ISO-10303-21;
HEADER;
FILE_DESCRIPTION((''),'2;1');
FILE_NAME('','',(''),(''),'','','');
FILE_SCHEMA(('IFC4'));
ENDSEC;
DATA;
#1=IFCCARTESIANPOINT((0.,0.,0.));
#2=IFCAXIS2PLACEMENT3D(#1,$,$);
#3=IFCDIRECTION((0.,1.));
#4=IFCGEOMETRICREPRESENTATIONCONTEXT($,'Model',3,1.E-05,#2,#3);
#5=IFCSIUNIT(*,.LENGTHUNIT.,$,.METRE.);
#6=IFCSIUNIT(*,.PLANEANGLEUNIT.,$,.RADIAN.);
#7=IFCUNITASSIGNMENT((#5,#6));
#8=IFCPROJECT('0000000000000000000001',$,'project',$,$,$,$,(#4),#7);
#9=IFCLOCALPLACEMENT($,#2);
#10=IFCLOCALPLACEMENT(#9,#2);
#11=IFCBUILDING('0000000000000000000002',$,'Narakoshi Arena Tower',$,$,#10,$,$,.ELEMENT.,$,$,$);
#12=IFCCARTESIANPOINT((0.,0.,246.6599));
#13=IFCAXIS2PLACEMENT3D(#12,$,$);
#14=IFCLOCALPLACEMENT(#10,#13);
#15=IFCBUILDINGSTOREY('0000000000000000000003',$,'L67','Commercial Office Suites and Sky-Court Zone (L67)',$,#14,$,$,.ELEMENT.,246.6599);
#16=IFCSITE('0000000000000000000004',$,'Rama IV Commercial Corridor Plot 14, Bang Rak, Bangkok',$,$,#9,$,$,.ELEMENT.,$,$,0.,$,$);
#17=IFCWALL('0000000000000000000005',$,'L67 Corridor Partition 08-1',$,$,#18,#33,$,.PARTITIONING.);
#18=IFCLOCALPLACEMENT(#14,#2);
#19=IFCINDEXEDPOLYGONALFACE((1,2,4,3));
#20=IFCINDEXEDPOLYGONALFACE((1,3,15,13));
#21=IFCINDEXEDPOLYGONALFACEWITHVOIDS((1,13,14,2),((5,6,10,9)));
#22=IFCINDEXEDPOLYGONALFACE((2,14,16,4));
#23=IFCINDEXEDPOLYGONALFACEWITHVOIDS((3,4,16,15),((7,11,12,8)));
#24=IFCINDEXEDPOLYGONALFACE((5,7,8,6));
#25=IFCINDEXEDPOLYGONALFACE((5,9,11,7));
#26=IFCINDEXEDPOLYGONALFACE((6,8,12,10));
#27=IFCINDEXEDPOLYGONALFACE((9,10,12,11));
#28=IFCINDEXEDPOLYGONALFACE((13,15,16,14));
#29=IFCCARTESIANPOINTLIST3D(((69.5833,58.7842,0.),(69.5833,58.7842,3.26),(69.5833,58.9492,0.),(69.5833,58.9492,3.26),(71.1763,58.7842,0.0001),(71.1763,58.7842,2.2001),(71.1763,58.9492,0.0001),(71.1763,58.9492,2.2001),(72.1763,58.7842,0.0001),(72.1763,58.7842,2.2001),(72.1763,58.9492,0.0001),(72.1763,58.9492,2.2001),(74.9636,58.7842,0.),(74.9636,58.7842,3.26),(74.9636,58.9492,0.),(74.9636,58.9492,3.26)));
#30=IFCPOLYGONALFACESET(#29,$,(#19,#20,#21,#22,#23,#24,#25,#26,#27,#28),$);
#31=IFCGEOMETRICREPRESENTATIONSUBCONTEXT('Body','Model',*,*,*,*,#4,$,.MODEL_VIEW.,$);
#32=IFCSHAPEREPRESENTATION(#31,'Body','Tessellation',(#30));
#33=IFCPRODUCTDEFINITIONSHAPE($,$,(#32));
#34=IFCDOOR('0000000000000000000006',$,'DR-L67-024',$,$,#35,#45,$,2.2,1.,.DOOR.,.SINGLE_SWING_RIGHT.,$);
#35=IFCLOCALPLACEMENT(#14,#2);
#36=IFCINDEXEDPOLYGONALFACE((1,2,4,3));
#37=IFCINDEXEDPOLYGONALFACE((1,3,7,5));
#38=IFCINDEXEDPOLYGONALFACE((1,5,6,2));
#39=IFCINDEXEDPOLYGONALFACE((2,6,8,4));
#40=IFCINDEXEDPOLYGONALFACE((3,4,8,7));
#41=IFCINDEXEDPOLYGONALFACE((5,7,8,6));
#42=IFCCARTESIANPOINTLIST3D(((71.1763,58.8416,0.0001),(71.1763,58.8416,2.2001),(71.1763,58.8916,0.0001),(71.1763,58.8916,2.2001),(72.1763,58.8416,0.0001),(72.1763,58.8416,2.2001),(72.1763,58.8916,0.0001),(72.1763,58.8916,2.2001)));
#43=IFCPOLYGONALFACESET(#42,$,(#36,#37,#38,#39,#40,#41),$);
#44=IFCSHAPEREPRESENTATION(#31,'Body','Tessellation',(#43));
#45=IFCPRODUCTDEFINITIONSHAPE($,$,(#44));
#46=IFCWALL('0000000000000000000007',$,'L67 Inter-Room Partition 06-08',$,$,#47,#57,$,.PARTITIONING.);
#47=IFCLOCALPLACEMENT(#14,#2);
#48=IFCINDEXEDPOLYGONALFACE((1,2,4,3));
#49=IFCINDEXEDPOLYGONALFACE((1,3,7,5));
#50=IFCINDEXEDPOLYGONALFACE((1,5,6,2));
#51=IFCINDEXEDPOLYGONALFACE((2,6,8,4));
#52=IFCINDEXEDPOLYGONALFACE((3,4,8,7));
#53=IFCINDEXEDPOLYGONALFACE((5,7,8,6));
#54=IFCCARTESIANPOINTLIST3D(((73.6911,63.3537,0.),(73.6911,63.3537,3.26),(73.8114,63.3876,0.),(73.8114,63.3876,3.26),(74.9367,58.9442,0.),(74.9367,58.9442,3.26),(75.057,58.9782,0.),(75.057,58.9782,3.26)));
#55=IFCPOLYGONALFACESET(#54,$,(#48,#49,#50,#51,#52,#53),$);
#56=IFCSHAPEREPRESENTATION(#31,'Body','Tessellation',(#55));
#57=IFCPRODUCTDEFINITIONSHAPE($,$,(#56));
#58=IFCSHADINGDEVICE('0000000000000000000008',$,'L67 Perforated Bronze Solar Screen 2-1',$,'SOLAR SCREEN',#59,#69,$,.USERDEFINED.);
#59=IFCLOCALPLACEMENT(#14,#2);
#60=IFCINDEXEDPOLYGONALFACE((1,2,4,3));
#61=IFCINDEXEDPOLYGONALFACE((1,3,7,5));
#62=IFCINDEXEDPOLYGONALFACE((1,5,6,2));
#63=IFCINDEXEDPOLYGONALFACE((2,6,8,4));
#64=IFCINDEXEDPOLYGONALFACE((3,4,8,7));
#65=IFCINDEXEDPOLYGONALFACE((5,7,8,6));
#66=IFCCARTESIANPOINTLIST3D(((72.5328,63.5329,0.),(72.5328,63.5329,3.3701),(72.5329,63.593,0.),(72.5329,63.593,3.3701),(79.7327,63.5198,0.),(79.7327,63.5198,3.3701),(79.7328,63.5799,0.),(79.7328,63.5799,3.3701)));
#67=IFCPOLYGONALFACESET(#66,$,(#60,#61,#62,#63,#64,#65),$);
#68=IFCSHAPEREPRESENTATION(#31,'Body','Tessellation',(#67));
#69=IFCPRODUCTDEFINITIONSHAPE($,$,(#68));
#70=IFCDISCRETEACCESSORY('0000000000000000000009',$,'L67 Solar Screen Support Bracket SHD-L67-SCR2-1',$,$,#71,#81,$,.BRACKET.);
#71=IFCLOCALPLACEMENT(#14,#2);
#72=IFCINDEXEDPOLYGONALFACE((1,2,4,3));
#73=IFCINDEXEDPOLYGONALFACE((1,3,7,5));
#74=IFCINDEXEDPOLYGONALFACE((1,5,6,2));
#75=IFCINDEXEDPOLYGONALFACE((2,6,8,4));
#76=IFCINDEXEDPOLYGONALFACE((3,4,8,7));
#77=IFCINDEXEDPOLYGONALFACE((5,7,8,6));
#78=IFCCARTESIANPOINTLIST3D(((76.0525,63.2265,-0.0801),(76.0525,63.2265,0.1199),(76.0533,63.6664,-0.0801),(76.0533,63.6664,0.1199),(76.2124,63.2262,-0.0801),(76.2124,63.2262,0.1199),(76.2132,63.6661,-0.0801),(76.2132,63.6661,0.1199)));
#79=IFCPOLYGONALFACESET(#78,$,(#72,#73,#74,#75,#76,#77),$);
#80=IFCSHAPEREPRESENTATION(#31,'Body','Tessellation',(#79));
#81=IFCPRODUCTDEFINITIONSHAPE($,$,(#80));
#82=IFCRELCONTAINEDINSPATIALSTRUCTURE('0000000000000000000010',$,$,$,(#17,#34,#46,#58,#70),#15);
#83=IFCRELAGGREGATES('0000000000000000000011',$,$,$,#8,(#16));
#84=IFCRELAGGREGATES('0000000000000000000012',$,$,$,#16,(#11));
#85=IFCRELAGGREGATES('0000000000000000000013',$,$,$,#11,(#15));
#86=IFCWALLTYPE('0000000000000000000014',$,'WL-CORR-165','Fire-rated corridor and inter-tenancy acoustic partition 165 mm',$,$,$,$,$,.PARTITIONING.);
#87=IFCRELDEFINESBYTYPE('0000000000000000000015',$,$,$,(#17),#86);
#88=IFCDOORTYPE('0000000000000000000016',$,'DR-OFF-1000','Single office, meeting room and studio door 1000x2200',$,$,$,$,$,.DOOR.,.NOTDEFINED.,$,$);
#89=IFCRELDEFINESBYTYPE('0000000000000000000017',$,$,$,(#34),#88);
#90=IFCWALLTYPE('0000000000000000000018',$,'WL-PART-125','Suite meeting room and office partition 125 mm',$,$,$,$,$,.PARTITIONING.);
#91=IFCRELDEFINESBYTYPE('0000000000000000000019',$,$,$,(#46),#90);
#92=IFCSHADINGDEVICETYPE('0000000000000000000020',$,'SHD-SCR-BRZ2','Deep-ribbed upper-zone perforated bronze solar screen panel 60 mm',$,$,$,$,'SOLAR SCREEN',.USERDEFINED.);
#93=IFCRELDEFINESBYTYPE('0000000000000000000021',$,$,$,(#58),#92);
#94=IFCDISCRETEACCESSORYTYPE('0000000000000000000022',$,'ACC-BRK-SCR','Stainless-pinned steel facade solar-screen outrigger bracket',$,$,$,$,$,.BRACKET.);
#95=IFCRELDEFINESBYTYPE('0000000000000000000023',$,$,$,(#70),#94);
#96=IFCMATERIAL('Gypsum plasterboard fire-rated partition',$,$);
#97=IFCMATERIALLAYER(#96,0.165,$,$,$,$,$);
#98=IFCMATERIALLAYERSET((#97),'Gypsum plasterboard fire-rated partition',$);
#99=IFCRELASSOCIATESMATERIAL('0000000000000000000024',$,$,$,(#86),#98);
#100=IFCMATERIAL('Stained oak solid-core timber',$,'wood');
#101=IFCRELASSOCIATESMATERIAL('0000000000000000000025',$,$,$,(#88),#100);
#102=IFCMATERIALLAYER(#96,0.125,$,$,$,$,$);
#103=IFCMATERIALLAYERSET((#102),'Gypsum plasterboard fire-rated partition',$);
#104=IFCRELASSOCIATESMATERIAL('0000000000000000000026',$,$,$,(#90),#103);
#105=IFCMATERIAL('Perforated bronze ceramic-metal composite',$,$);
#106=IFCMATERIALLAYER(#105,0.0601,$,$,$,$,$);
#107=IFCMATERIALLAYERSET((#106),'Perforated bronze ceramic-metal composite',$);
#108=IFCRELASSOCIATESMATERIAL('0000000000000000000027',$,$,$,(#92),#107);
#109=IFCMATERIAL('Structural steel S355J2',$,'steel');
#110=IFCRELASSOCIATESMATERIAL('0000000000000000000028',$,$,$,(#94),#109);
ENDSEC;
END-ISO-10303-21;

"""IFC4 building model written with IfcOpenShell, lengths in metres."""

from ifc_helpers import new_model, si_unit, direction, frame, frame_2d, origin, origin_2d, place, context, subcontext, project, spatial, rectangle, extrude, material, layer, layer_set, type_object, element, fill, save


model = new_model("IFC4")

# Units and contexts
model_context = context("Model", 3, precision=1e-05, world=origin(), true_north=direction((0.0, 1.0)))
body_context = subcontext(model_context, "Body", "Model", "MODEL_VIEW")
ifc_project = project(units=[si_unit("LENGTHUNIT", "METRE"), si_unit("PLANEANGLEUNIT", "RADIAN")], contexts=[model_context])

# Site, building, storey
site_placement = place(None, origin())
site = spatial("IfcSite", under=ifc_project, at=site_placement, Name="Rama IV Commercial Corridor Plot 14, Bang Rak, Bangkok", CompositionType="ELEMENT", RefElevation=0.0)
building_placement = place(site_placement, origin())
building = spatial("IfcBuilding", under=site, at=building_placement, Name="Narakoshi Arena Tower", CompositionType="ELEMENT")
storey_placement = place(building_placement, frame((0.0, 0.0, 246.6599)))
storey = spatial("IfcBuildingStorey", under=building, at=storey_placement, Name="L67", Description="Commercial Office Suites and Sky-Court Zone (L67)", CompositionType="ELEMENT", Elevation=246.6599)

# Shared definitions
ifc_material_1 = material(Name="Structural steel S355J2", Category="steel")

# Shared definitions
ifc_material_2 = material(Name="Gypsum plasterboard fire-rated partition")
ifc_layer_1 = layer(ifc_material_2, 0.165)
ifc_layer_set_1 = layer_set([ifc_layer_1], Name="Gypsum plasterboard fire-rated partition")
wall_type_1 = type_object("IfcWallType", Name="WL-CORR-165", Description="Fire-rated corridor and inter-tenancy acoustic partition 165 mm", PredefinedType="PARTITIONING", material=ifc_layer_set_1)

# Wall, opening, door
wall_1_placement = place(storey_placement, frame((74.9636, 58.8667, 0.0), z_axis=(0.0, 0.0, 1.0), x_axis=(-1.0, 0.0, 0.0)))
wall_1 = element("IfcWall", 1, at=wall_1_placement, inside=storey, type_object=wall_type_1, Name="L67 Corridor Partition 08-1", PredefinedType="PARTITIONING", context=body_context, shape_type="SweptSolid", body=[
    extrude(rectangle(XDim=5.3804, YDim=0.165, at=frame_2d((2.6902, 0.0))), origin(), (0.0, 0.0, 1.0), 3.26),
])
opening_placement = place(wall_1_placement, frame((2.7874, 0.0, 0.0)))
opening = element("IfcOpeningElement", 2, at=opening_placement, cuts=wall_1, PredefinedType="OPENING", context=body_context, shape_type="SweptSolid", body=[
    extrude(rectangle(XDim=1.0, YDim=2.2, at=frame_2d((0.5, 1.1001))), frame((0.0, 0.0925, 0.0), z_axis=(0.0, -1.0, 0.0), x_axis=(1.0, 0.0, 0.0)), (0.0, 0.0, 1.0), 0.1851),
])
ifc_material_3 = material(Name="Stained oak solid-core timber", Category="wood")
door_type = type_object("IfcDoorType", Name="DR-OFF-1000", Description="Single office, meeting room and studio door 1000x2200", OperationType="NOTDEFINED", PredefinedType="DOOR", material=ifc_material_3)
door_placement = place(opening_placement, frame((1.0, 0.0, 0.0), z_axis=(0.0, 0.0, 1.0), x_axis=(-1.0, 0.0, 0.0)))
door = element("IfcDoor", 3, at=door_placement, inside=storey, type_object=door_type, Name="DR-L67-024", OperationType="SINGLE_SWING_RIGHT", OverallHeight=2.2, OverallWidth=1.0, PredefinedType="DOOR", context=body_context, shape_type="SweptSolid", body=[
    extrude(rectangle(XDim=1.0, YDim=2.2, at=frame_2d((0.5, 1.1001))), frame((0.0, 0.0249, 0.0), z_axis=(0.0, -1.0, 0.0), x_axis=(1.0, 0.0, 0.0)), (0.0, 0.0, 1.0), 0.05),
])
fill(opening, door)

# Wall
ifc_layer_2 = layer(ifc_material_2, 0.125)
ifc_layer_set_2 = layer_set([ifc_layer_2], Name="Gypsum plasterboard fire-rated partition")
wall_type_2 = type_object("IfcWallType", Name="WL-PART-125", Description="Suite meeting room and office partition 125 mm", PredefinedType="PARTITIONING", material=ifc_layer_set_2)
wall_2_placement = place(storey_placement, frame((74.9968, 58.9612, 0.0), z_axis=(0.0, 0.0, 1.0), x_axis=(-0.271849, 0.96234, 0.0)))
element("IfcWall", 4, at=wall_2_placement, inside=storey, type_object=wall_type_2, Name="L67 Inter-Room Partition 06-08", PredefinedType="PARTITIONING", context=body_context, shape_type="SweptSolid", body=[
    extrude(rectangle(XDim=4.582, YDim=0.125, at=frame_2d((2.291, 0.0))), origin(), (0.0, 0.0, 1.0), 3.26),
])

# Shading device
ifc_material_4 = material(Name="Perforated bronze ceramic-metal composite")
ifc_layer_3 = layer(ifc_material_4, 0.0601)
ifc_layer_set_3 = layer_set([ifc_layer_3], Name="Perforated bronze ceramic-metal composite")
shading_device_type = type_object("IfcShadingDeviceType", Name="SHD-SCR-BRZ2", Description="Deep-ribbed upper-zone perforated bronze solar screen panel 60 mm", ElementType="SOLAR SCREEN", PredefinedType="USERDEFINED", material=ifc_layer_set_3)
shading_device_placement = place(storey_placement, frame((76.1328, 63.5564, 0.0), z_axis=(0.0, 0.0, 1.0), x_axis=(-0.999998, 0.001815, 0.0)))
element("IfcShadingDevice", 5, at=shading_device_placement, inside=storey, type_object=shading_device_type, Name="L67 Perforated Bronze Solar Screen 2-1", ObjectType="SOLAR SCREEN", PredefinedType="USERDEFINED", context=body_context, shape_type="SweptSolid", body=[
    extrude(rectangle(XDim=7.2, YDim=0.0601, at=origin_2d()), origin(), (0.0, 0.0, 1.0), 3.3701),
])

# Discrete accessory
discrete_accessory_type = type_object("IfcDiscreteAccessoryType", Name="ACC-BRK-SCR", Description="Stainless-pinned steel facade solar-screen outrigger bracket", PredefinedType="BRACKET", material=ifc_material_1)
discrete_accessory_placement = place(storey_placement, frame((76.1328, 63.4463, -0.0801), z_axis=(0.0, 0.0, 1.0), x_axis=(-0.999998, 0.001815, 0.0)))
element("IfcDiscreteAccessory", 6, at=discrete_accessory_placement, inside=storey, type_object=discrete_accessory_type, Name="L67 Solar Screen Support Bracket SHD-L67-SCR2-1", PredefinedType="BRACKET", context=body_context, shape_type="SweptSolid", body=[
    extrude(rectangle(XDim=0.1599, YDim=0.4399, at=origin_2d()), origin(), (0.0, 0.0, 1.0), 0.2),
])

save(model, "model.ifc")
